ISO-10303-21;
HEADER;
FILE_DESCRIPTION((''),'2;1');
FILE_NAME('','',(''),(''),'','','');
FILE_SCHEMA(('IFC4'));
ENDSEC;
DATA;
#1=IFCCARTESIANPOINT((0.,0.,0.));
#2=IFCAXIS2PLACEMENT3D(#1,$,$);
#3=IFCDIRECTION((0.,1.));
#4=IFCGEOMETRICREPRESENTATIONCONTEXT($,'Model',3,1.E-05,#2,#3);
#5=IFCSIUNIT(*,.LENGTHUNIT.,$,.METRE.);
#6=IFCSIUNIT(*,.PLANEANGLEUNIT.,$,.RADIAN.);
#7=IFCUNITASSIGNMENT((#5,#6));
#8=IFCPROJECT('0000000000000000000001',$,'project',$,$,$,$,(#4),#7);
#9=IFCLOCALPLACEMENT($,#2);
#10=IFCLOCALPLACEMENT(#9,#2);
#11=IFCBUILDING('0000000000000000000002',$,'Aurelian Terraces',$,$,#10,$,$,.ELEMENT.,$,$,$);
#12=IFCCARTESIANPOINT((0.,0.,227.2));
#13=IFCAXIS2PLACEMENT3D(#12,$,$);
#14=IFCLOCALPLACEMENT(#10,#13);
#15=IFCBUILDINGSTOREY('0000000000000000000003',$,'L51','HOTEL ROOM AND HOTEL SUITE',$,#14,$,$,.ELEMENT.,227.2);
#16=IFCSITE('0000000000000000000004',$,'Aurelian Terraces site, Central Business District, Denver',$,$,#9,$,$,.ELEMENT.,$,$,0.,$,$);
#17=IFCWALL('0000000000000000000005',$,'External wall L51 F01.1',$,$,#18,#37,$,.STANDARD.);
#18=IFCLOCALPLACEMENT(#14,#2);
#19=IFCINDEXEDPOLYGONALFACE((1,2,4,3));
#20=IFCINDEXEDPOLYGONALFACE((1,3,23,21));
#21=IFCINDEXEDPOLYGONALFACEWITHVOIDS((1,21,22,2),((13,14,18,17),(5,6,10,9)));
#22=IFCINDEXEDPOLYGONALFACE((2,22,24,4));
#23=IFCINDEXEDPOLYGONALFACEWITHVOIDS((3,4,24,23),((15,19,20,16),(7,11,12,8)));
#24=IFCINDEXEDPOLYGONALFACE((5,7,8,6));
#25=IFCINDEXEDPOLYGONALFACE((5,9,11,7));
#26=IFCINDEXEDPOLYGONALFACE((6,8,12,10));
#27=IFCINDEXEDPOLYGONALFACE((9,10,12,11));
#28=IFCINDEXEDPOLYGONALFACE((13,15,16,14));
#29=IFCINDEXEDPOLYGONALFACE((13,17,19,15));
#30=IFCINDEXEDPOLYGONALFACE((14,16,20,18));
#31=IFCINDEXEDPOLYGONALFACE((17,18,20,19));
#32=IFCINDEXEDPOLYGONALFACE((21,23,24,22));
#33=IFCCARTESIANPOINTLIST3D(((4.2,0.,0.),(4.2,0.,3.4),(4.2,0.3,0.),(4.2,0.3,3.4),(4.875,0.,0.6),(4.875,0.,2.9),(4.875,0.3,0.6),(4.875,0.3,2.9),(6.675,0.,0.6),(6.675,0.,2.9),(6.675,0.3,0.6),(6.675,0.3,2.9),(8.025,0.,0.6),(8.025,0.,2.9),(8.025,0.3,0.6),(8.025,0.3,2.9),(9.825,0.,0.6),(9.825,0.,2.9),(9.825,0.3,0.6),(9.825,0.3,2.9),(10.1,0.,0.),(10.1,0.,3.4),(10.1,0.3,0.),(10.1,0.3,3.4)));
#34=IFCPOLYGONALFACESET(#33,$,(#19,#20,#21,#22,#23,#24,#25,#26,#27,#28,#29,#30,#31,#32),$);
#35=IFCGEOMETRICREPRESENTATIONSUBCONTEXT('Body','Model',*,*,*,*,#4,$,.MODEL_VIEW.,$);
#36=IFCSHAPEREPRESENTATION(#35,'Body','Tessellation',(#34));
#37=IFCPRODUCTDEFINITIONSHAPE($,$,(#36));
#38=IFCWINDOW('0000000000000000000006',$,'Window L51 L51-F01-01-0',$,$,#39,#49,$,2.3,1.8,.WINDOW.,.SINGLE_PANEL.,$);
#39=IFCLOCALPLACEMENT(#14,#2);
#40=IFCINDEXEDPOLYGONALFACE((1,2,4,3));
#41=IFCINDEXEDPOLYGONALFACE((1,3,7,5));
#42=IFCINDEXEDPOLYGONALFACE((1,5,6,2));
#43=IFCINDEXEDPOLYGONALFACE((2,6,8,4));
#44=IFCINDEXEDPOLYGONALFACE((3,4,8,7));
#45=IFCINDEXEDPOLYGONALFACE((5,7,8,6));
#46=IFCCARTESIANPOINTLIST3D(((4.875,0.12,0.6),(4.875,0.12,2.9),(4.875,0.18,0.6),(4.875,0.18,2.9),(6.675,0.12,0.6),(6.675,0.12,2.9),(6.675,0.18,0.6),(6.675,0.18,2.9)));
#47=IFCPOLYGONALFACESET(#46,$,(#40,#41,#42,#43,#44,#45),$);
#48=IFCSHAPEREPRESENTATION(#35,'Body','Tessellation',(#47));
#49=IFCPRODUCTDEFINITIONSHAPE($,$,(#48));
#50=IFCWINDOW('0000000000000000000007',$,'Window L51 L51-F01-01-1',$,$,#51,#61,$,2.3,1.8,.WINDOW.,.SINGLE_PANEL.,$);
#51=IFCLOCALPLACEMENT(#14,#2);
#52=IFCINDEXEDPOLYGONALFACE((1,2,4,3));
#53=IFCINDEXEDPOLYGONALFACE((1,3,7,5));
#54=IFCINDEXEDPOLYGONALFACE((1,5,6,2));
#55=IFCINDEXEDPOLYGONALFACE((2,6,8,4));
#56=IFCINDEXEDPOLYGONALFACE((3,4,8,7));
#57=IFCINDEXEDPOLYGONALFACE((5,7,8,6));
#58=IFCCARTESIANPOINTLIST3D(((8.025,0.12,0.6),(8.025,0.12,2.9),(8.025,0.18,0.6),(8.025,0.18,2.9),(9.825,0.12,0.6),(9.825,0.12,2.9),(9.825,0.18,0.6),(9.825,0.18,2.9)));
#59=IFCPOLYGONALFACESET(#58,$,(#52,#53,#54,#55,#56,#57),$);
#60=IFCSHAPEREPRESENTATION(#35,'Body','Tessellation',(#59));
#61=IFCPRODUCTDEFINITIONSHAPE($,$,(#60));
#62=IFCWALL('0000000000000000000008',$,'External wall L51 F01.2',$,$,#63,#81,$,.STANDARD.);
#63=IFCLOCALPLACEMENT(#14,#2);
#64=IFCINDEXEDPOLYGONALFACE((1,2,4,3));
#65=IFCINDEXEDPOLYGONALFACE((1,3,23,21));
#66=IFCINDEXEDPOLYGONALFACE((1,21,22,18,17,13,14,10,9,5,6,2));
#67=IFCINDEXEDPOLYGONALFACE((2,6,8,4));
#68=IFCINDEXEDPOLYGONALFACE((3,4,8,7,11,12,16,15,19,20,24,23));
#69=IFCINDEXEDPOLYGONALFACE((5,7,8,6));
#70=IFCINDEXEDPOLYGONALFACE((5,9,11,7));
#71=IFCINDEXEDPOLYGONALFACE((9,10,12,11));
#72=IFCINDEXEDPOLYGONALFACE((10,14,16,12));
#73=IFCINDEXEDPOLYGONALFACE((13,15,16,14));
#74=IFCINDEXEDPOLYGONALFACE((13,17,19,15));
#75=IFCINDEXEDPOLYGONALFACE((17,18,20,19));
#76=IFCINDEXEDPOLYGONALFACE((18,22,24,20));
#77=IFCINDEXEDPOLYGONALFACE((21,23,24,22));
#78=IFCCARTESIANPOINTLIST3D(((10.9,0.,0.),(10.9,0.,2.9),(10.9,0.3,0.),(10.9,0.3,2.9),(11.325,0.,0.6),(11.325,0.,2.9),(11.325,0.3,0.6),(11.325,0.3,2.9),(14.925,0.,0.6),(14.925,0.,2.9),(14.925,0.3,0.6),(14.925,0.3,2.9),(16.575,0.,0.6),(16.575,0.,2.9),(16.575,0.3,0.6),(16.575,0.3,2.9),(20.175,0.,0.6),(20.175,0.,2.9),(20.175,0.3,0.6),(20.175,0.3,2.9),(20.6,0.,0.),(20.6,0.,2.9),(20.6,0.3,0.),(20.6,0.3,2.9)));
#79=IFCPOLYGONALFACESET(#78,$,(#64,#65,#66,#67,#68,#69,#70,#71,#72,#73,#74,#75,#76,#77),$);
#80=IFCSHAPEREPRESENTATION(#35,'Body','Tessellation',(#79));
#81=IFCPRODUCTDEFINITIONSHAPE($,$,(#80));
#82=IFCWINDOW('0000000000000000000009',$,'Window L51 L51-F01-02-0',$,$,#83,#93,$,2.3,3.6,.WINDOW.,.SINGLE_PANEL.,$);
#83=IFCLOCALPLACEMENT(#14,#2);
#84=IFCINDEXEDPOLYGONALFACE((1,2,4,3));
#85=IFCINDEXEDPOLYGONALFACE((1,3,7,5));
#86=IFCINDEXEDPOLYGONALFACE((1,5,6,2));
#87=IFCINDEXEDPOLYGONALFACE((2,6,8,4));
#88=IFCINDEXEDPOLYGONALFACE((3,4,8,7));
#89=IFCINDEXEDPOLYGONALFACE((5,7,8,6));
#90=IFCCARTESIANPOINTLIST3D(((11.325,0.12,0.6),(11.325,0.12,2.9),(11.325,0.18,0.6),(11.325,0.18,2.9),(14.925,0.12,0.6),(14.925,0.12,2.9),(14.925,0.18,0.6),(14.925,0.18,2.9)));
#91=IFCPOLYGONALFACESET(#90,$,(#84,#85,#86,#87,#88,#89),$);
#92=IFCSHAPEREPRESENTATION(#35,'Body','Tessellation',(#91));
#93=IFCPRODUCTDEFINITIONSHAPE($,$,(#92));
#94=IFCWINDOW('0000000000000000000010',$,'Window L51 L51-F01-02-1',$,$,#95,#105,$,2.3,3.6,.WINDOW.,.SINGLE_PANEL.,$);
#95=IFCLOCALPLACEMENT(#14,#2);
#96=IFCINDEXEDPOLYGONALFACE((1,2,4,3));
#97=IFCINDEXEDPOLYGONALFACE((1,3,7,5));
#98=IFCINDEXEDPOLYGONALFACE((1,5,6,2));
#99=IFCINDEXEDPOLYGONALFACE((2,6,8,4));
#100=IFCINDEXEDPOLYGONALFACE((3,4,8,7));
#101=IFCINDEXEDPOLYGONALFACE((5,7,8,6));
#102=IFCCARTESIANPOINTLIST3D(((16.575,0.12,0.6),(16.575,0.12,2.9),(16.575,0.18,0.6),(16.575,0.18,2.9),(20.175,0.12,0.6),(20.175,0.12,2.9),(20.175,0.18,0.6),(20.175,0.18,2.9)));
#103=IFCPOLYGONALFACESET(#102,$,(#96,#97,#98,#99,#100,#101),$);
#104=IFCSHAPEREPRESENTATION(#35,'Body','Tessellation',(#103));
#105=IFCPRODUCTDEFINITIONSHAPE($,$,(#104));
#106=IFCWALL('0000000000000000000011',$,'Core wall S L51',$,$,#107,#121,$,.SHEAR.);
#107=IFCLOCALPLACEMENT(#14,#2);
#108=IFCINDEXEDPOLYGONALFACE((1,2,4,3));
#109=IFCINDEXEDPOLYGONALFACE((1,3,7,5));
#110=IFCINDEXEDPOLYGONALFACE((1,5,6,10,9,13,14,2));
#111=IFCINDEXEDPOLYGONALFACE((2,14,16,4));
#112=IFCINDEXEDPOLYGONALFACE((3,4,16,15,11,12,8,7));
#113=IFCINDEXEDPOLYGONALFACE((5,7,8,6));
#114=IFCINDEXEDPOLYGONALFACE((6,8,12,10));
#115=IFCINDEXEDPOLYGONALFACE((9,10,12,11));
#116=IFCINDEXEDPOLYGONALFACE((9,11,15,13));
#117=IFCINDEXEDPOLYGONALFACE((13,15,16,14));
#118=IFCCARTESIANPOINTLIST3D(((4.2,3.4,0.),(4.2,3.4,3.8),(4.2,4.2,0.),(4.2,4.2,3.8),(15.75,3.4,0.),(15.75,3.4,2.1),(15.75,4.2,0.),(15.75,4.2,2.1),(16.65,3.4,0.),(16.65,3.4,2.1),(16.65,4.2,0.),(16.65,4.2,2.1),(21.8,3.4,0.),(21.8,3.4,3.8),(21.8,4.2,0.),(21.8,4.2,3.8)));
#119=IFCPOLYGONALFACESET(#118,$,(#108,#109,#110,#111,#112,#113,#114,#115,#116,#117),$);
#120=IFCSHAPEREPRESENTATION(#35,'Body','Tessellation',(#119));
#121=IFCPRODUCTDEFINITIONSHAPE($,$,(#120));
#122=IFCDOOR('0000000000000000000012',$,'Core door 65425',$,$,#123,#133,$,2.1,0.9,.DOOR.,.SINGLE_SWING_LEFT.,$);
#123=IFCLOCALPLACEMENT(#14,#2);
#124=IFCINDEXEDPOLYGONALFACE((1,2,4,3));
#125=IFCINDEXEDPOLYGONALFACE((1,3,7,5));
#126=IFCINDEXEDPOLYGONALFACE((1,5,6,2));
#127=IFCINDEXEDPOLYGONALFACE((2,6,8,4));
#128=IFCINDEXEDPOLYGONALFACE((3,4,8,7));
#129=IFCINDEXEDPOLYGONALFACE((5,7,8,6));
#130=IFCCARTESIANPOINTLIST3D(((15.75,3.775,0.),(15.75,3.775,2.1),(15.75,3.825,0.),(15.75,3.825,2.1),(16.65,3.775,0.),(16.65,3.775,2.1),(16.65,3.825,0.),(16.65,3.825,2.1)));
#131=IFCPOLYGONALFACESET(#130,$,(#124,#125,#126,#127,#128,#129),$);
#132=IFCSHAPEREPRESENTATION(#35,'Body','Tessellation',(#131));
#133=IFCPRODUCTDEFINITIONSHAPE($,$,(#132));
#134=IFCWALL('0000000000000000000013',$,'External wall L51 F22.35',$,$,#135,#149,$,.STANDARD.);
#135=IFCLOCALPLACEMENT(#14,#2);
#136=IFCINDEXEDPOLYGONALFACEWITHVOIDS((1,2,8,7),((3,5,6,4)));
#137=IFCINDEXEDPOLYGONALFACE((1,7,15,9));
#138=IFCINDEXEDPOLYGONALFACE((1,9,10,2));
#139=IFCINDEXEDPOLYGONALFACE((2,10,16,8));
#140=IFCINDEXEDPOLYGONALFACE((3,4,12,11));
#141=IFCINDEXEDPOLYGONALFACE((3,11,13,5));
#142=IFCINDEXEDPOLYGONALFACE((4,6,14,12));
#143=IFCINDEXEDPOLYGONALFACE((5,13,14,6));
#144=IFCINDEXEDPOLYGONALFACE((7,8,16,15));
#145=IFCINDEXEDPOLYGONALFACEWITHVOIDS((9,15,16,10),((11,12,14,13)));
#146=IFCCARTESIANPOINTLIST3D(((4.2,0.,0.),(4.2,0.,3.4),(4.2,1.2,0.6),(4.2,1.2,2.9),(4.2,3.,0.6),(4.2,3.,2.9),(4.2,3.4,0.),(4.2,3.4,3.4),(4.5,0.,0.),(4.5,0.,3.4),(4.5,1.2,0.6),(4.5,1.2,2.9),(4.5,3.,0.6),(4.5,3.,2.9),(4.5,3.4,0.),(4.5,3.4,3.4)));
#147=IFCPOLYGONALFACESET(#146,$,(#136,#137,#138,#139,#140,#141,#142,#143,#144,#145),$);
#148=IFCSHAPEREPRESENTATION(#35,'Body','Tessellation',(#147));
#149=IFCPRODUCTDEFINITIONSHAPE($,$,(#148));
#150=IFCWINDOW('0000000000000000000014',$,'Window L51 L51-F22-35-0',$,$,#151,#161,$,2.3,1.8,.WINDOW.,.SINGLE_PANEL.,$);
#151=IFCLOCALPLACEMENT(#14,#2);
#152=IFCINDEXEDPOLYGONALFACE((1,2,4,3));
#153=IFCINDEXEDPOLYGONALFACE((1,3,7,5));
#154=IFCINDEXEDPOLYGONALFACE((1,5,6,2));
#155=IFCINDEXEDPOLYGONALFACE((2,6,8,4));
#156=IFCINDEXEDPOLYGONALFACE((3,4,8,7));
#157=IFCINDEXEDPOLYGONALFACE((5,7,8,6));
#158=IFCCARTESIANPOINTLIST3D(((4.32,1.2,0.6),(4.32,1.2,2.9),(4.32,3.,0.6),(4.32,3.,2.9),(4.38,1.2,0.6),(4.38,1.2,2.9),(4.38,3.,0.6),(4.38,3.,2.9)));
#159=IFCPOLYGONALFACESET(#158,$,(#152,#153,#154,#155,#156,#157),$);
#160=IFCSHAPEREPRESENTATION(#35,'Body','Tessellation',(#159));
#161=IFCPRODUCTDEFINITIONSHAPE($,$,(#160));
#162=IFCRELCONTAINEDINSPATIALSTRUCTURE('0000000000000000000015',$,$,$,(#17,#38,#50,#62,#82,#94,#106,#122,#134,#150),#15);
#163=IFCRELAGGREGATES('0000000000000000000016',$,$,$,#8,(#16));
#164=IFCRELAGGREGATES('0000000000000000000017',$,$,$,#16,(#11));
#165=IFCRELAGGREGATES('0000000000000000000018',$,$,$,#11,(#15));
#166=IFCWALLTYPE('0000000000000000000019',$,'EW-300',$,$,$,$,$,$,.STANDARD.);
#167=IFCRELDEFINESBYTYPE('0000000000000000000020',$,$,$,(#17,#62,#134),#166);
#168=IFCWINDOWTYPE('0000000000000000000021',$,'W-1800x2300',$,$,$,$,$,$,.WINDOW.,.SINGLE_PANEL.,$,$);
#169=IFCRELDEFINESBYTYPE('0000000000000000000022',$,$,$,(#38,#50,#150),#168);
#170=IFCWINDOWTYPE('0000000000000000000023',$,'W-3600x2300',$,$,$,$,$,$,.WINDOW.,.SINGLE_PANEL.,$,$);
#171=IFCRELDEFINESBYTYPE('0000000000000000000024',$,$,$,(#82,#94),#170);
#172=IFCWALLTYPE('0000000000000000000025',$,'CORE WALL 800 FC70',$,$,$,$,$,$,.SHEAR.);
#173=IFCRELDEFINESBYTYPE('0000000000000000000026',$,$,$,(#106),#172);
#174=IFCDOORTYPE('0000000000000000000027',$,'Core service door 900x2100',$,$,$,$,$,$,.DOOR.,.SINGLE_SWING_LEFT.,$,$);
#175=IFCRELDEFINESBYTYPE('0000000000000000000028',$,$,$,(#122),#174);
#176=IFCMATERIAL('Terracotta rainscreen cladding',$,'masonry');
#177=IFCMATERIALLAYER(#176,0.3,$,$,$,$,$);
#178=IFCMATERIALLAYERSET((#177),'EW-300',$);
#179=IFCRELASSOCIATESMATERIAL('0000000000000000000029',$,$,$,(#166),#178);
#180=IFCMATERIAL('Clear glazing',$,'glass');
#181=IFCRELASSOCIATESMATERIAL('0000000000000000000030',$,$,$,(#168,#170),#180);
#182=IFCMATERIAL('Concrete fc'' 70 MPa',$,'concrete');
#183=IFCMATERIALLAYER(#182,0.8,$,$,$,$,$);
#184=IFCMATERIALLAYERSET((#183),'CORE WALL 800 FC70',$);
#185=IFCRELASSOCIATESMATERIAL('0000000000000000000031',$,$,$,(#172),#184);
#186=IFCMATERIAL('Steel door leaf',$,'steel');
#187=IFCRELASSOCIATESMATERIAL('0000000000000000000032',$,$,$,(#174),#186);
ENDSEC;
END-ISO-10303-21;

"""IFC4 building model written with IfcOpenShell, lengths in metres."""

from ifc_helpers import new_model, si_unit, direction, frame, frame_2d, origin, place, context, subcontext, project, spatial, rectangle, extrude, source, transform, mapped, material, layer, layer_set, type_object, element, fill, save


model = new_model("IFC4")

# Units and contexts
model_context = context("Model", 3, precision=1e-05, world=origin(), true_north=direction((0.0, 1.0)))
body_context = subcontext(model_context, "Body", "Model", "MODEL_VIEW")
ifc_project = project(units=[si_unit("LENGTHUNIT", "METRE"), si_unit("PLANEANGLEUNIT", "RADIAN")], contexts=[model_context])

# Site, building, storey
site_placement = place(None, origin())
site = spatial("IfcSite", under=ifc_project, at=site_placement, Name="Aurelian Terraces site, Central Business District, Denver", CompositionType="ELEMENT", RefElevation=0.0)
building_placement = place(site_placement, origin())
building = spatial("IfcBuilding", under=site, at=building_placement, Name="Aurelian Terraces", CompositionType="ELEMENT")
storey_placement = place(building_placement, frame((0.0, 0.0, 227.2)))
storey = spatial("IfcBuildingStorey", under=building, at=storey_placement, Name="L51", Description="HOTEL ROOM AND HOTEL SUITE", CompositionType="ELEMENT", Elevation=227.2)

# Shared definitions
ifc_material_1 = material(Name="Concrete fc' 70 MPa", Category="concrete")

# Walls, openings, windows
ifc_material_2 = material(Name="Terracotta rainscreen cladding", Category="masonry")
ifc_layer_1 = layer(ifc_material_2, 0.3)
ifc_layer_set_1 = layer_set([ifc_layer_1], Name="EW-300")
wall_type_1 = type_object("IfcWallType", Name="EW-300", PredefinedType="STANDARD", material=ifc_layer_set_1)
wall_1_placement = place(storey_placement, frame((4.2, 0.15, 0.0), z_axis=(0.0, 0.0, 1.0), x_axis=(1.0, 0.0, 0.0)))
wall_1 = element("IfcWall", 1, at=wall_1_placement, inside=storey, type_object=wall_type_1, Name="External wall L51 F01.1", PredefinedType="STANDARD", context=body_context, shape_type="SweptSolid", body=[
    extrude(rectangle(XDim=5.9, YDim=0.3, at=frame_2d((2.95, 0.0))), origin(), (0.0, 0.0, 1.0), 3.4),
])
shared_shape_1 = source(origin(), body_context, "Body", "SweptSolid", [
    extrude(rectangle(XDim=1.8, YDim=2.3, at=frame_2d((0.9, 1.15))), frame((0.0, 0.16, 0.0), z_axis=(0.0, -1.0, 0.0), x_axis=(1.0, 0.0, 0.0)), (0.0, 0.0, 1.0), 0.32),
])
opening_1_placement = place(wall_1_placement, frame((0.675, 0.0, 0.6)))
opening_1 = element("IfcOpeningElement", 2, at=opening_1_placement, cuts=wall_1, PredefinedType="OPENING", context=body_context, shape_type="MappedRepresentation", body=[
    mapped(shared_shape_1, transform((0.0, 0.0, 0.0), scale=1.0)),
])
opening_2_placement = place(wall_1_placement, frame((3.825, 0.0, 0.6)))
opening_2 = element("IfcOpeningElement", 3, at=opening_2_placement, cuts=wall_1, PredefinedType="OPENING", context=body_context, shape_type="MappedRepresentation", body=[
    mapped(shared_shape_1, transform((0.0, 0.0, 0.0), scale=1.0)),
])
ifc_material_3 = material(Name="Clear glazing", Category="glass")
window_type_1 = type_object("IfcWindowType", Name="W-1800x2300", PartitioningType="SINGLE_PANEL", PredefinedType="WINDOW", material=ifc_material_3)
shared_shape_2 = source(origin(), body_context, "Body", "SweptSolid", [
    extrude(rectangle(XDim=1.8, YDim=2.3, at=frame_2d((0.9, 1.15))), frame((0.0, 0.03, 0.0), z_axis=(0.0, -1.0, 0.0), x_axis=(1.0, 0.0, 0.0)), (0.0, 0.0, 1.0), 0.06),
])
window_1_placement = place(opening_1_placement, origin())
window_1 = element("IfcWindow", 4, at=window_1_placement, inside=storey, type_object=window_type_1, Name="Window L51 L51-F01-01-0", OverallHeight=2.3, OverallWidth=1.8, PartitioningType="SINGLE_PANEL", PredefinedType="WINDOW", context=body_context, shape_type="MappedRepresentation", body=[
    mapped(shared_shape_2, transform((0.0, 0.0, 0.0), scale=1.0)),
])
fill(opening_1, window_1)
window_2_placement = place(opening_2_placement, origin())
window_2 = element("IfcWindow", 5, at=window_2_placement, inside=storey, type_object=window_type_1, Name="Window L51 L51-F01-01-1", OverallHeight=2.3, OverallWidth=1.8, PartitioningType="SINGLE_PANEL", PredefinedType="WINDOW", context=body_context, shape_type="MappedRepresentation", body=[
    mapped(shared_shape_2, transform((0.0, 0.0, 0.0), scale=1.0)),
])
fill(opening_2, window_2)
wall_2_placement = place(storey_placement, frame((10.9, 0.15, 0.0), z_axis=(0.0, 0.0, 1.0), x_axis=(1.0, 0.0, 0.0)))
wall_2 = element("IfcWall", 6, at=wall_2_placement, inside=storey, type_object=wall_type_1, Name="External wall L51 F01.2", PredefinedType="STANDARD", context=body_context, shape_type="SweptSolid", body=[
    extrude(rectangle(XDim=9.7, YDim=0.3, at=frame_2d((4.85, 0.0))), origin(), (0.0, 0.0, 1.0), 2.9),
])
shared_shape_3 = source(origin(), body_context, "Body", "SweptSolid", [
    extrude(rectangle(XDim=3.6, YDim=2.3, at=frame_2d((1.8, 1.15))), frame((0.0, 0.16, 0.0), z_axis=(0.0, -1.0, 0.0), x_axis=(1.0, 0.0, 0.0)), (0.0, 0.0, 1.0), 0.32),
])
opening_3_placement = place(wall_2_placement, frame((0.425, 0.0, 0.6)))
opening_3 = element("IfcOpeningElement", 7, at=opening_3_placement, cuts=wall_2, PredefinedType="OPENING", context=body_context, shape_type="MappedRepresentation", body=[
    mapped(shared_shape_3, transform((0.0, 0.0, 0.0), scale=1.0)),
])
opening_4_placement = place(wall_2_placement, frame((5.675, 0.0, 0.6)))
opening_4 = element("IfcOpeningElement", 8, at=opening_4_placement, cuts=wall_2, PredefinedType="OPENING", context=body_context, shape_type="MappedRepresentation", body=[
    mapped(shared_shape_3, transform((0.0, 0.0, 0.0), scale=1.0)),
])
window_type_2 = type_object("IfcWindowType", Name="W-3600x2300", PartitioningType="SINGLE_PANEL", PredefinedType="WINDOW", material=ifc_material_3)
shared_shape_4 = source(origin(), body_context, "Body", "SweptSolid", [
    extrude(rectangle(XDim=3.6, YDim=2.3, at=frame_2d((1.8, 1.15))), frame((0.0, 0.03, 0.0), z_axis=(0.0, -1.0, 0.0), x_axis=(1.0, 0.0, 0.0)), (0.0, 0.0, 1.0), 0.06),
])
window_3_placement = place(opening_3_placement, origin())
window_3 = element("IfcWindow", 9, at=window_3_placement, inside=storey, type_object=window_type_2, Name="Window L51 L51-F01-02-0", OverallHeight=2.3, OverallWidth=3.6, PartitioningType="SINGLE_PANEL", PredefinedType="WINDOW", context=body_context, shape_type="MappedRepresentation", body=[
    mapped(shared_shape_4, transform((0.0, 0.0, 0.0), scale=1.0)),
])
fill(opening_3, window_3)
window_4_placement = place(opening_4_placement, origin())
window_4 = element("IfcWindow", 10, at=window_4_placement, inside=storey, type_object=window_type_2, Name="Window L51 L51-F01-02-1", OverallHeight=2.3, OverallWidth=3.6, PartitioningType="SINGLE_PANEL", PredefinedType="WINDOW", context=body_context, shape_type="MappedRepresentation", body=[
    mapped(shared_shape_4, transform((0.0, 0.0, 0.0), scale=1.0)),
])
fill(opening_4, window_4)

# Wall, opening, door
ifc_layer_2 = layer(ifc_material_1, 0.8)
ifc_layer_set_2 = layer_set([ifc_layer_2], Name="CORE WALL 800 FC70")
wall_type_2 = type_object("IfcWallType", Name="CORE WALL 800 FC70", PredefinedType="SHEAR", material=ifc_layer_set_2)
shared_shape_5 = source(origin(), body_context, "Body", "SweptSolid", [
    extrude(rectangle(XDim=17.6, YDim=0.8, at=frame_2d((8.8, 0.0))), origin(), (0.0, 0.0, 1.0), 3.8),
])
wall_3_placement = place(storey_placement, frame((4.2, 3.8, 0.0), z_axis=(0.0, 0.0, 1.0), x_axis=(1.0, 0.0, 0.0)))
wall_3 = element("IfcWall", 11, at=wall_3_placement, inside=storey, type_object=wall_type_2, Name="Core wall S L51", PredefinedType="SHEAR", context=body_context, shape_type="MappedRepresentation", body=[
    mapped(shared_shape_5, transform((0.0, 0.0, 0.0), scale=1.0)),
])
shared_shape_6 = source(origin(), body_context, "Body", "SweptSolid", [
    extrude(rectangle(XDim=0.9, YDim=2.1, at=frame_2d((0.45, 1.05))), frame((0.0, 0.41, 0.0), z_axis=(0.0, -1.0, 0.0), x_axis=(1.0, 0.0, 0.0)), (0.0, 0.0, 1.0), 0.82),
])
opening_5_placement = place(wall_3_placement, frame((11.55, 0.0, 0.0)))
opening_5 = element("IfcOpeningElement", 12, at=opening_5_placement, cuts=wall_3, PredefinedType="OPENING", context=body_context, shape_type="MappedRepresentation", body=[
    mapped(shared_shape_6, transform((0.0, 0.0, 0.0), scale=1.0)),
])
ifc_material_4 = material(Name="Steel door leaf", Category="steel")
door_type = type_object("IfcDoorType", Name="Core service door 900x2100", OperationType="SINGLE_SWING_LEFT", PredefinedType="DOOR", material=ifc_material_4)
shared_shape_7 = source(origin(), body_context, "Body", "SweptSolid", [
    extrude(rectangle(XDim=0.9, YDim=2.1, at=frame_2d((0.45, 1.05))), frame((0.0, 0.025, 0.0), z_axis=(0.0, -1.0, 0.0), x_axis=(1.0, 0.0, 0.0)), (0.0, 0.0, 1.0), 0.05),
])
door_placement = place(opening_5_placement, origin())
door = element("IfcDoor", 13, at=door_placement, inside=storey, type_object=door_type, Name="Core door 65425", OperationType="SINGLE_SWING_LEFT", OverallHeight=2.1, OverallWidth=0.9, PredefinedType="DOOR", context=body_context, shape_type="MappedRepresentation", body=[
    mapped(shared_shape_7, transform((0.0, 0.0, 0.0), scale=1.0)),
])
fill(opening_5, door)

# Wall, opening, window
shared_shape_8 = source(origin(), body_context, "Body", "SweptSolid", [
    extrude(rectangle(XDim=3.4, YDim=0.3, at=frame_2d((1.7, 0.0))), origin(), (0.0, 0.0, 1.0), 3.4),
])
wall_4_placement = place(storey_placement, frame((4.35, 3.4, 0.0), z_axis=(0.0, 0.0, 1.0), x_axis=(0.0, -1.0, 0.0)))
wall_4 = element("IfcWall", 14, at=wall_4_placement, inside=storey, type_object=wall_type_1, Name="External wall L51 F22.35", PredefinedType="STANDARD", context=body_context, shape_type="MappedRepresentation", body=[
    mapped(shared_shape_8, transform((0.0, 0.0, 0.0), scale=1.0)),
])
opening_6_placement = place(wall_4_placement, frame((0.4, 0.0, 0.6)))
opening_6 = element("IfcOpeningElement", 15, at=opening_6_placement, cuts=wall_4, PredefinedType="OPENING", context=body_context, shape_type="MappedRepresentation", body=[
    mapped(shared_shape_1, transform((0.0, 0.0, 0.0), scale=1.0)),
])
window_5_placement = place(opening_6_placement, origin())
window_5 = element("IfcWindow", 16, at=window_5_placement, inside=storey, type_object=window_type_1, Name="Window L51 L51-F22-35-0", OverallHeight=2.3, OverallWidth=1.8, PartitioningType="SINGLE_PANEL", PredefinedType="WINDOW", context=body_context, shape_type="MappedRepresentation", body=[
    mapped(shared_shape_2, transform((0.0, 0.0, 0.0), scale=1.0)),
])
fill(opening_6, window_5)

save(model, "model.ifc")
